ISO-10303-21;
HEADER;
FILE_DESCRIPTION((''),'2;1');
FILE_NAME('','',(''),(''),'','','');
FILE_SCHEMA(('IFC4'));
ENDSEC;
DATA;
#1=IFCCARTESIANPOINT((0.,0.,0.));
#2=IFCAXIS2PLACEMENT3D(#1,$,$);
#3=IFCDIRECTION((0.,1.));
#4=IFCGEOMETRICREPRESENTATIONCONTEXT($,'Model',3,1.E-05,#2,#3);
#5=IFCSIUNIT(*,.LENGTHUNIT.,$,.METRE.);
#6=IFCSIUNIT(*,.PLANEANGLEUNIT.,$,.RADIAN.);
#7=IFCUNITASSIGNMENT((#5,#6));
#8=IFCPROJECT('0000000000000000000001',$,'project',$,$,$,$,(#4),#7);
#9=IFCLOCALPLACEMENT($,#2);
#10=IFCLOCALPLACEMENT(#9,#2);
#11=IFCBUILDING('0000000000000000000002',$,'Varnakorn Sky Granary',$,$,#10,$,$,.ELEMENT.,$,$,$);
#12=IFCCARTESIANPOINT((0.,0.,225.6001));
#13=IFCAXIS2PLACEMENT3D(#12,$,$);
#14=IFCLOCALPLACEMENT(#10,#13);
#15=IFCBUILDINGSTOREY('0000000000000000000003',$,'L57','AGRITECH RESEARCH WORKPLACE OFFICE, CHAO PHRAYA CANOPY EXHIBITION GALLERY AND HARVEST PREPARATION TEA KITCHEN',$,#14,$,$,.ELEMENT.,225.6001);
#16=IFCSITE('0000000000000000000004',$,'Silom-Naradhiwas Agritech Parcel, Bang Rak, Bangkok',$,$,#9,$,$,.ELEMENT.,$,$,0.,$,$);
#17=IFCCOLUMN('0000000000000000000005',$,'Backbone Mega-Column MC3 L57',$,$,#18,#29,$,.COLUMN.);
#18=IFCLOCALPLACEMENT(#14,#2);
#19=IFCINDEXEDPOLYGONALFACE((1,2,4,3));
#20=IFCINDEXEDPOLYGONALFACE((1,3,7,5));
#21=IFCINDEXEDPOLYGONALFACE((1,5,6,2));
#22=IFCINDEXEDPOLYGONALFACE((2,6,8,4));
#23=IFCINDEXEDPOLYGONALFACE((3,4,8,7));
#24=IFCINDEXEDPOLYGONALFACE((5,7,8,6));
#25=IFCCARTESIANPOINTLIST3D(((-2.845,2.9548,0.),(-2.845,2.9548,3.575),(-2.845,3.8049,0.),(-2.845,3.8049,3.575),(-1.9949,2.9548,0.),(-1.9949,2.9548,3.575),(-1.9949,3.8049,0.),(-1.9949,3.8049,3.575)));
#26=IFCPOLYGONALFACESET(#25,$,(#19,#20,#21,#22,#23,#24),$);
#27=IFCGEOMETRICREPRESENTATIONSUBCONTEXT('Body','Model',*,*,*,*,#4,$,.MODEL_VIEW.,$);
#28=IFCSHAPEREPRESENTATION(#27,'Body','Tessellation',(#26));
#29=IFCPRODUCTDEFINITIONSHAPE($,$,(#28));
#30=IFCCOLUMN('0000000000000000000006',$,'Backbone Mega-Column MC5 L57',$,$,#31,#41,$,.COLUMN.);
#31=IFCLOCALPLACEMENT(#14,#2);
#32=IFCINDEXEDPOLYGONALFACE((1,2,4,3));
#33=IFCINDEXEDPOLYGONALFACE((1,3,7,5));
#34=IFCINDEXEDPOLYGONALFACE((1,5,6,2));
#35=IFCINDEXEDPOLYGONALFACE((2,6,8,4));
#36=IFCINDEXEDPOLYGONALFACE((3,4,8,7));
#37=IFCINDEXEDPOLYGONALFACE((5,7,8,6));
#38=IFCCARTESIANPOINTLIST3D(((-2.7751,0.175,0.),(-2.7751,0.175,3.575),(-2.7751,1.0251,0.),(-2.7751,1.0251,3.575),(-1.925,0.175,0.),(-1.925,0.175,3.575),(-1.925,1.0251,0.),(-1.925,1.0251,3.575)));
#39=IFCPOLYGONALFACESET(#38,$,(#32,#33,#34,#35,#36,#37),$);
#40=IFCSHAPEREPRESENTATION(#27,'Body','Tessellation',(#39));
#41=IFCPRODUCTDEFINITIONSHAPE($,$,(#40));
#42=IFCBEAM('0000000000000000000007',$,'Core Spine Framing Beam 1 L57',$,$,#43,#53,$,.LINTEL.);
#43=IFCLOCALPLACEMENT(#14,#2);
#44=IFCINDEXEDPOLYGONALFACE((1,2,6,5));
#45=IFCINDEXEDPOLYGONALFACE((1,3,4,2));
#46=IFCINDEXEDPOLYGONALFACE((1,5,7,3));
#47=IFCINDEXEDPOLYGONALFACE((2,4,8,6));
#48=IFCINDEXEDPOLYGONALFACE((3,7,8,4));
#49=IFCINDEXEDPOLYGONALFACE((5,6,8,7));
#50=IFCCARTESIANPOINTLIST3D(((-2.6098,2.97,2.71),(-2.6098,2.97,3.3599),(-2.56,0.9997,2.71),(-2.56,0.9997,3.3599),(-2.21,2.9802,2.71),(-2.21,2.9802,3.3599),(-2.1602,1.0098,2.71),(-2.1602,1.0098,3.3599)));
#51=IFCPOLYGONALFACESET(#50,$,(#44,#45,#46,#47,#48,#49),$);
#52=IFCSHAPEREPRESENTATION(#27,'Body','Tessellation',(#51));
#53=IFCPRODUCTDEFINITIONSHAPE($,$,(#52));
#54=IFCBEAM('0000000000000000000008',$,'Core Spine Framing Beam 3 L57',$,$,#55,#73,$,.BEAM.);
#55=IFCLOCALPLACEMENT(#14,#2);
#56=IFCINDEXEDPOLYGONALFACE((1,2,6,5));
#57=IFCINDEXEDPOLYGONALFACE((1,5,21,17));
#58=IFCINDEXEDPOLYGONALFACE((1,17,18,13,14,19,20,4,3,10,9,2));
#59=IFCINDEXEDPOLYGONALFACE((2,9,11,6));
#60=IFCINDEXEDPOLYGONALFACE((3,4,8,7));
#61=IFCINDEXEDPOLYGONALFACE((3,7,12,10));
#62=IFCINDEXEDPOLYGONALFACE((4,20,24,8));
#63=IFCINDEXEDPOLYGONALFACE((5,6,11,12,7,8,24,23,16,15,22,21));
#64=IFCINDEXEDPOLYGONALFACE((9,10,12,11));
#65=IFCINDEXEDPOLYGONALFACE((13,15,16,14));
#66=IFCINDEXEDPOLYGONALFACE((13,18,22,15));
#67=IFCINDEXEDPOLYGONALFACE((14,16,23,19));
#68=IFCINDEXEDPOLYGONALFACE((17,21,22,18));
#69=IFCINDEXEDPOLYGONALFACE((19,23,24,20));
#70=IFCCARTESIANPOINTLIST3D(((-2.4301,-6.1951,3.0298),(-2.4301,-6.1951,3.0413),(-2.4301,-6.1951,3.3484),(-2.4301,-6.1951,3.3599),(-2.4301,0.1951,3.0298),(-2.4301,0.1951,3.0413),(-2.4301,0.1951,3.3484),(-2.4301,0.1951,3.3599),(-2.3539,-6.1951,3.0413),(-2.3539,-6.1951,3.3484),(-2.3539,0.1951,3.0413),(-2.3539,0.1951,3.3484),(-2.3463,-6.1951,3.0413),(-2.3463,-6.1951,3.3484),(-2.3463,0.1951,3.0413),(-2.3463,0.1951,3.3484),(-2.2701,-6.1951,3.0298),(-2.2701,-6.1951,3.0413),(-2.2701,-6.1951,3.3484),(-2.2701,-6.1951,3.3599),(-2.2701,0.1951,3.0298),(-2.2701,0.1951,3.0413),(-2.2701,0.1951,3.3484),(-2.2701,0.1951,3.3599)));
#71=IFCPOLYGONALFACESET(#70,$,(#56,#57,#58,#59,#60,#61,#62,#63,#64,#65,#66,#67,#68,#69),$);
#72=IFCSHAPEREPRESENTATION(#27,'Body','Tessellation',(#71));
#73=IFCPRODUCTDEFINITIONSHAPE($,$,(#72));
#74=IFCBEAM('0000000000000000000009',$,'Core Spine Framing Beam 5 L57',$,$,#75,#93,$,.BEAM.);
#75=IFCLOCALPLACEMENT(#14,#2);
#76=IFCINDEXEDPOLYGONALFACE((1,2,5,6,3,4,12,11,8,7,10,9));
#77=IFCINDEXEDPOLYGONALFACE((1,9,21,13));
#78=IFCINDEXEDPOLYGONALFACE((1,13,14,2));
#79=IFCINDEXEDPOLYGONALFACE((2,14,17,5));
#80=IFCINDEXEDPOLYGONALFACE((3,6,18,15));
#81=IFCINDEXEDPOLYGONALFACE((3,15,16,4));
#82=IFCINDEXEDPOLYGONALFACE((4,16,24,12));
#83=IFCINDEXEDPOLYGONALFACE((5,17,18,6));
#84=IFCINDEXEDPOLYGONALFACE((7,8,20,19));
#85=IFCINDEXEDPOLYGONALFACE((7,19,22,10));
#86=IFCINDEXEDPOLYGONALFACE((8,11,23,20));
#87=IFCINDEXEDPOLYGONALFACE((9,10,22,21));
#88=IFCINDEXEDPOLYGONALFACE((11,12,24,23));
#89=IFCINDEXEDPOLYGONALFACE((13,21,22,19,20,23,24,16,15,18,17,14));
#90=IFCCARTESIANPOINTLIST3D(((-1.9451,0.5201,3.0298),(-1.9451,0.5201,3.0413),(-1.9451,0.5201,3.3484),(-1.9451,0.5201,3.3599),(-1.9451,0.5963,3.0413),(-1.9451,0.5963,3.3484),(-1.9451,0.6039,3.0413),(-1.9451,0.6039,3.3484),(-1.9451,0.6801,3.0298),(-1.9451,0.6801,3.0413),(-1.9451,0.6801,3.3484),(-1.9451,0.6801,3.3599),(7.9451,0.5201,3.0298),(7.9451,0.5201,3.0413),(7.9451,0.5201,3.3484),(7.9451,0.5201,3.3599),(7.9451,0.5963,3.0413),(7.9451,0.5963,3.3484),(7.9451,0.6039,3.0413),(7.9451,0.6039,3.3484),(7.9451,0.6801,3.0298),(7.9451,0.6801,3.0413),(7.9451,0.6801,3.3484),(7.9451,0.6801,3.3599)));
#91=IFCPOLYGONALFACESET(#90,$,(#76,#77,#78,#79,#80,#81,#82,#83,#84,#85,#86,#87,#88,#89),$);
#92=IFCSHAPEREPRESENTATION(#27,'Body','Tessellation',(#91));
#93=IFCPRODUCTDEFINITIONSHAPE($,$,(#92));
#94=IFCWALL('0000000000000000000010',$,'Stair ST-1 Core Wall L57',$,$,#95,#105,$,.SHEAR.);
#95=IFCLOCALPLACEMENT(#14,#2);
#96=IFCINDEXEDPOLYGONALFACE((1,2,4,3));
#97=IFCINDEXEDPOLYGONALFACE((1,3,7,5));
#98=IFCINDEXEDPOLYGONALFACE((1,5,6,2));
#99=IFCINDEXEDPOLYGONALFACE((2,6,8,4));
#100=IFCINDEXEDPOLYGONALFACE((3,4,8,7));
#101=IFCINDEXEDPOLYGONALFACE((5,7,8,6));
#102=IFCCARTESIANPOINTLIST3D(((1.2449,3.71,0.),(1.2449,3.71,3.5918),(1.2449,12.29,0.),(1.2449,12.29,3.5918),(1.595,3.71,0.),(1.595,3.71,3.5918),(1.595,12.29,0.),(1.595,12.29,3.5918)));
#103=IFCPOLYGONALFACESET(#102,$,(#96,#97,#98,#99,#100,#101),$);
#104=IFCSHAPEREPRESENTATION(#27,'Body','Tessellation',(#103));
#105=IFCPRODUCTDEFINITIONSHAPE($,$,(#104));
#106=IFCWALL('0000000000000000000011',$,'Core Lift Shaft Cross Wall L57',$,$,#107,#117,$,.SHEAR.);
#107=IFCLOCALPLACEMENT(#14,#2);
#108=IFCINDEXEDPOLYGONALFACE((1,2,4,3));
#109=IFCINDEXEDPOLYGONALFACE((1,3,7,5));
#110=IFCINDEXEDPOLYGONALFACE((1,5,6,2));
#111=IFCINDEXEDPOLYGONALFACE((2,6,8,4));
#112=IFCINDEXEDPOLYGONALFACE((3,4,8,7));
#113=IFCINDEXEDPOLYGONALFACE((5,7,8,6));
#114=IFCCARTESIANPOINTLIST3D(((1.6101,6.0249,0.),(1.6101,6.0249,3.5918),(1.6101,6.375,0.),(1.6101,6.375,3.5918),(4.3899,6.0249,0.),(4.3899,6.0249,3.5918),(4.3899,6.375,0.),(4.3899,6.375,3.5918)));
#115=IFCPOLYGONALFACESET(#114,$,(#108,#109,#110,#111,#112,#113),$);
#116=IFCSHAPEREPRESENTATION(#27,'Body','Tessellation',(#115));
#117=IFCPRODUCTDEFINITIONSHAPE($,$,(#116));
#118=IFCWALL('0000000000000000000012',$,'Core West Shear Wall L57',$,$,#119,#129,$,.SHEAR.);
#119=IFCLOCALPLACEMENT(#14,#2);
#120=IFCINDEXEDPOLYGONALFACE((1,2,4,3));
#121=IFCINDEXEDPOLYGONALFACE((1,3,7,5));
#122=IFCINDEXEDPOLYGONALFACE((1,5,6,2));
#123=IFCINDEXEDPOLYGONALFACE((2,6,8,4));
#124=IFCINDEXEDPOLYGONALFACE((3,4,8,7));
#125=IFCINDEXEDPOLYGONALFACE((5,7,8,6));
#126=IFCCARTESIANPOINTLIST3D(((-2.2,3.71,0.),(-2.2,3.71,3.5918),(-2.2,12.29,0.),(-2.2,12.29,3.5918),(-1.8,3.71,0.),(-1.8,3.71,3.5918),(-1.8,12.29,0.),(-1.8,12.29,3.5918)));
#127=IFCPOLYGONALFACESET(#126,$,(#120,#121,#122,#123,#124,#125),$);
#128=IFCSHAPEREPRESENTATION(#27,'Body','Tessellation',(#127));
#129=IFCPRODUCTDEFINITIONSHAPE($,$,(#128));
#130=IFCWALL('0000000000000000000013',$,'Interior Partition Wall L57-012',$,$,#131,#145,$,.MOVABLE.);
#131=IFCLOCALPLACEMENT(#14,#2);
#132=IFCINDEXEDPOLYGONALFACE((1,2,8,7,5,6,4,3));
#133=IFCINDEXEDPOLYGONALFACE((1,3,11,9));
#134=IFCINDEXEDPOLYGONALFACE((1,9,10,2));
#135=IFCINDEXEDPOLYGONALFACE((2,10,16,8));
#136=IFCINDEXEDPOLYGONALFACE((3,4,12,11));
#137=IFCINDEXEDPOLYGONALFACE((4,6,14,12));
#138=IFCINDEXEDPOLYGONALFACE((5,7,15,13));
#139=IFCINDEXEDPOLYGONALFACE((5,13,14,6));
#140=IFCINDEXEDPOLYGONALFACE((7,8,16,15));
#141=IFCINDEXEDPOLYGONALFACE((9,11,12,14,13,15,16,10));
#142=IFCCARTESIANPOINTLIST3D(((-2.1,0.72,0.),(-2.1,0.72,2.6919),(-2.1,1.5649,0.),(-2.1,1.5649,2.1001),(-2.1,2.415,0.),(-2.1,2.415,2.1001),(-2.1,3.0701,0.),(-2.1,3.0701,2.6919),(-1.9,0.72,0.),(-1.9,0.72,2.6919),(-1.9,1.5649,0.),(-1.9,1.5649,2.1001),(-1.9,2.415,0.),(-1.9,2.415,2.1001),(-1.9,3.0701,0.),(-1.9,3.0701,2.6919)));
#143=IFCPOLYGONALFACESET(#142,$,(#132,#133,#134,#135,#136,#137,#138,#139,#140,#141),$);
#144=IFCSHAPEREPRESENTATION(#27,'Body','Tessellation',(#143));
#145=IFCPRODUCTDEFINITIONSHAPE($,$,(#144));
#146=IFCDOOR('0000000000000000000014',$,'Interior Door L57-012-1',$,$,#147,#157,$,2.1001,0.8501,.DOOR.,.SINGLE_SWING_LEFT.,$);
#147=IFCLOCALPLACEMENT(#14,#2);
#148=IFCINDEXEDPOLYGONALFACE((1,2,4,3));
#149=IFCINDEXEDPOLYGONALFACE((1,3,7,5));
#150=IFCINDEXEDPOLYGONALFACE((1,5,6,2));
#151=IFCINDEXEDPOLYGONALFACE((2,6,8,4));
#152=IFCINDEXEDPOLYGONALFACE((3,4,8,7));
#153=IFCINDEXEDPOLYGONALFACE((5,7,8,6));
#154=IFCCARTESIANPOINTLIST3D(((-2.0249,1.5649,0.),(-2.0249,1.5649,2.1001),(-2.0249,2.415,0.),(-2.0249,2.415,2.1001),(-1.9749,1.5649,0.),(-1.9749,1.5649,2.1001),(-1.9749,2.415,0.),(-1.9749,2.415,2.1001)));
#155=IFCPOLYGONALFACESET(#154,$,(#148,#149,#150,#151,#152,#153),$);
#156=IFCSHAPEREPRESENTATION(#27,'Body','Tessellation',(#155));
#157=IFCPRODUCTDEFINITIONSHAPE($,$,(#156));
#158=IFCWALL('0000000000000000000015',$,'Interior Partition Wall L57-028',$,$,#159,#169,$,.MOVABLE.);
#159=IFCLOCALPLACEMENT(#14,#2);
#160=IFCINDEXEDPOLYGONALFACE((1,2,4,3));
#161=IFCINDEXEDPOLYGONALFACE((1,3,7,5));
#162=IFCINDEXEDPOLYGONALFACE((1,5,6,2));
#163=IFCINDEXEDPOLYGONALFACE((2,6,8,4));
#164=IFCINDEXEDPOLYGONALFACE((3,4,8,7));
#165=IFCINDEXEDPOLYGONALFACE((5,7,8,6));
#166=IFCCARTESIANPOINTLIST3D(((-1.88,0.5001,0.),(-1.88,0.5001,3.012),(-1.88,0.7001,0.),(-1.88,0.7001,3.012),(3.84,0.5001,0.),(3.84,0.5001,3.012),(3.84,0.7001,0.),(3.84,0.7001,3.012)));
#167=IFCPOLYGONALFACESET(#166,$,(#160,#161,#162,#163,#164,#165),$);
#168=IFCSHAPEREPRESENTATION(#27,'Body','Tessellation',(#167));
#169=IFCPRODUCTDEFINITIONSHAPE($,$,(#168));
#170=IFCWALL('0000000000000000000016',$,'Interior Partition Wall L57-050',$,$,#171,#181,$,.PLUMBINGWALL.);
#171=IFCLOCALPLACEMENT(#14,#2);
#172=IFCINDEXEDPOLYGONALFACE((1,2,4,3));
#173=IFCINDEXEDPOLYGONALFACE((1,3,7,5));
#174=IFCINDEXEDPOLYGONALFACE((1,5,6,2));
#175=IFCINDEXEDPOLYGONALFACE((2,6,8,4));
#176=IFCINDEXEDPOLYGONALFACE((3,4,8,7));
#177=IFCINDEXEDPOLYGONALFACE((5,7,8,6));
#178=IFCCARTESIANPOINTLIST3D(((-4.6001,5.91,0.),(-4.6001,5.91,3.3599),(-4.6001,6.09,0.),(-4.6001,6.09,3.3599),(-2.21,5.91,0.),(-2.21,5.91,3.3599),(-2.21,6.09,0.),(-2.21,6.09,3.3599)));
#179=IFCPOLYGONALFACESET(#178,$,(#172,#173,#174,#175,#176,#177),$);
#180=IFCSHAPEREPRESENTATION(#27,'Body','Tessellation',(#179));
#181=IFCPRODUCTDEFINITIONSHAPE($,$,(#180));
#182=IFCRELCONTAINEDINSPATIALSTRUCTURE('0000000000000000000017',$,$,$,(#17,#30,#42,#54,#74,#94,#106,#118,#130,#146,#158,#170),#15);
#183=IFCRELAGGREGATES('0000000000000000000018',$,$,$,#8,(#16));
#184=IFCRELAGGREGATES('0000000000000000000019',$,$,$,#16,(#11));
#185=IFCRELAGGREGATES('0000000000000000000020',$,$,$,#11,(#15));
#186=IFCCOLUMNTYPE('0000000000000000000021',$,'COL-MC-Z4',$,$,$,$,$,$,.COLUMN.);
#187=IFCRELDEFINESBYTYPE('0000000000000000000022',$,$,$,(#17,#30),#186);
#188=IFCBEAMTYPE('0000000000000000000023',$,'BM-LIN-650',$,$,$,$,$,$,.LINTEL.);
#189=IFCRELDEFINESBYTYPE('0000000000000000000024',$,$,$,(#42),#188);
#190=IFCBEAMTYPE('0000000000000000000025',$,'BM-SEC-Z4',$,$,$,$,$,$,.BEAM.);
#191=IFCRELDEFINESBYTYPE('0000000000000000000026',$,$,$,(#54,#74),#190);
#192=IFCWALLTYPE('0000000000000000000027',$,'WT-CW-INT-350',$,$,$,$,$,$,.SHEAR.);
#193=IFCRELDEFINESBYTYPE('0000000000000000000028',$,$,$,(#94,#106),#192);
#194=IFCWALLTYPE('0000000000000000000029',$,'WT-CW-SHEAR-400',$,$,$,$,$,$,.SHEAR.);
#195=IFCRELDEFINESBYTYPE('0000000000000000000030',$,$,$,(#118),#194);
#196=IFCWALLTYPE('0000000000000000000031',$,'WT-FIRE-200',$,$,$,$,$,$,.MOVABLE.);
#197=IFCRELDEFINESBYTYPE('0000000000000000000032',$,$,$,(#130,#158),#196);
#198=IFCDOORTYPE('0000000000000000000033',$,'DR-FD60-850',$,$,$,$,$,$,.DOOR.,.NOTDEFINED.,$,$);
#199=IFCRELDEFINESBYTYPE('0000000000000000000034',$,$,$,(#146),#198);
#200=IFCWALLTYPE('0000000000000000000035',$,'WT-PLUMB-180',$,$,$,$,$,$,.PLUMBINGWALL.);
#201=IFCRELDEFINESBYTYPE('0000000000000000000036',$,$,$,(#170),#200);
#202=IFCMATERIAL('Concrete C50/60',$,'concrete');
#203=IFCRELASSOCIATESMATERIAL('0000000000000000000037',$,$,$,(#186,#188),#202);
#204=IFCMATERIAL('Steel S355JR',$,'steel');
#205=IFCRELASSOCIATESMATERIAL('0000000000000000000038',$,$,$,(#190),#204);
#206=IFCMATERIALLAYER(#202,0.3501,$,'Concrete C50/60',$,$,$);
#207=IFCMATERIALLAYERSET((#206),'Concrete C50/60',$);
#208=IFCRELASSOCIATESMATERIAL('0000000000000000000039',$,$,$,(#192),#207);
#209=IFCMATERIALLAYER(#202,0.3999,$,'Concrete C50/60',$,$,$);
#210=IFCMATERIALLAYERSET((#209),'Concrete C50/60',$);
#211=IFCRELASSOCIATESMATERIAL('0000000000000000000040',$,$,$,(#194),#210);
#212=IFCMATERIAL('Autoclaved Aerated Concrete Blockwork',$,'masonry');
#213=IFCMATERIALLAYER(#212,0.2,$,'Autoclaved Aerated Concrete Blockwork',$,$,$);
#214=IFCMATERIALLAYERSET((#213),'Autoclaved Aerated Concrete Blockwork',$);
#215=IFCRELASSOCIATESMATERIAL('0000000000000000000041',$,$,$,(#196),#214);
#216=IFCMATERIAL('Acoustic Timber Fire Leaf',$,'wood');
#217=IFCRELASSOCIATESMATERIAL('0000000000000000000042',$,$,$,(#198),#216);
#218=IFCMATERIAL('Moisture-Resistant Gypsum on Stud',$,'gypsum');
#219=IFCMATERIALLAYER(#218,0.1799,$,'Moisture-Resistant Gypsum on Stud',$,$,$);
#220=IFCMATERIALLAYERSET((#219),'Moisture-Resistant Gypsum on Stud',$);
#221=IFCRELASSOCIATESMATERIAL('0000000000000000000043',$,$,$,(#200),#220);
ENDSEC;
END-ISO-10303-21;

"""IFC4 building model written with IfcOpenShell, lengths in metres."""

from ifc_helpers import new_model, si_unit, direction, frame, frame_2d, origin, origin_2d, place, context, subcontext, project, spatial, rectangle, i_section, extrude, material, layer, layer_set, material_profile, profile_set, type_object, element, fill, save


model = new_model("IFC4")

# Units and contexts
model_context = context("Model", 3, precision=1e-05, world=origin(), true_north=direction((0.0, 1.0)))
body_context = subcontext(model_context, "Body", "Model", "MODEL_VIEW")
ifc_project = project(units=[si_unit("LENGTHUNIT", "METRE"), si_unit("PLANEANGLEUNIT", "RADIAN")], contexts=[model_context])

# Site, building, storey
site_placement = place(None, origin())
site = spatial("IfcSite", under=ifc_project, at=site_placement, Name="Silom-Naradhiwas Agritech Parcel, Bang Rak, Bangkok", CompositionType="ELEMENT", RefElevation=0.0)
building_placement = place(site_placement, origin())
building = spatial("IfcBuilding", under=site, at=building_placement, Name="Varnakorn Sky Granary", CompositionType="ELEMENT")
storey_placement = place(building_placement, frame((0.0, 0.0, 225.6001)))
storey = spatial("IfcBuildingStorey", under=building, at=storey_placement, Name="L57", Description="AGRITECH RESEARCH WORKPLACE OFFICE, CHAO PHRAYA CANOPY EXHIBITION GALLERY AND HARVEST PREPARATION TEA KITCHEN", CompositionType="ELEMENT", Elevation=225.6001)

# Columns
ifc_material_1 = material(Name="Concrete C50/60", Category="concrete")
ifc_material_profile_1 = material_profile(ifc_material_1, rectangle(XDim=0.8501, YDim=0.8501, at=origin_2d()), Name="RC 850x850")
ifc_profile_set_1 = profile_set([ifc_material_profile_1], Name="Concrete C50/60")
column_type = type_object("IfcColumnType", Name="COL-MC-Z4", PredefinedType="COLUMN", material=ifc_profile_set_1)
for number, where, z_axis, x_axis, name in (
    (1, (-2.4199, 3.3799, 0.0), (0.0, 0.0, 1.0), (1.0, 0.0, 0.0), "Backbone Mega-Column MC3 L57"),
    (2, (-2.3501, 0.6001, 0.0), (0.0, 0.0, 1.0), (1.0, 0.0, 0.0), "Backbone Mega-Column MC5 L57"),
):
    element("IfcColumn", number, at=place(storey_placement, frame(where, z_axis=z_axis, x_axis=x_axis)), inside=storey, type_object=column_type, Name=name, PredefinedType="COLUMN", context=body_context, shape_type="SweptSolid", body=[
        extrude(rectangle(XDim=0.8501, YDim=0.8501, at=origin_2d()), origin(), (0.0, 0.0, 1.0), 3.575),
    ])

# Beams
ifc_material_profile_2 = material_profile(ifc_material_1, rectangle(XDim=0.3999, YDim=0.6499, at=origin_2d()), Name="RC 400x650")
ifc_profile_set_2 = profile_set([ifc_material_profile_2], Name="Concrete C50/60")
beam_type_1 = type_object("IfcBeamType", Name="BM-LIN-650", PredefinedType="LINTEL", material=ifc_profile_set_2)
beam_1_placement = place(storey_placement, frame((-2.4099, 2.9751, 3.0349), z_axis=(0.025271, -0.999681, 0.0), x_axis=(0.999681, 0.025271, 0.0)))
element("IfcBeam", 3, at=beam_1_placement, inside=storey, type_object=beam_type_1, Name="Core Spine Framing Beam 1 L57", PredefinedType="LINTEL", context=body_context, shape_type="SweptSolid", body=[
    extrude(rectangle(XDim=0.3999, YDim=0.6499, at=origin_2d()), origin(), (0.0, 0.0, 1.0), 1.9709),
])
ifc_material_2 = material(Name="Steel S355JR", Category="steel")
ifc_material_profile_3 = material_profile(ifc_material_2, i_section(OverallWidth=0.1599, OverallDepth=0.3301, WebThickness=0.0076, FlangeThickness=0.0115, at=origin_2d()), Name="IPE 330")
ifc_profile_set_3 = profile_set([ifc_material_profile_3], Name="Steel S355JR")
beam_type_2 = type_object("IfcBeamType", Name="BM-SEC-Z4", PredefinedType="BEAM", material=ifc_profile_set_3)
beam_2_placement = place(storey_placement, frame((-2.3501, 0.1951, 3.1948), z_axis=(0.0, -1.0, 0.0), x_axis=(1.0, 0.0, 0.0)))
element("IfcBeam", 4, at=beam_2_placement, inside=storey, type_object=beam_type_2, Name="Core Spine Framing Beam 3 L57", PredefinedType="BEAM", context=body_context, shape_type="SweptSolid", body=[
    extrude(i_section(OverallWidth=0.1599, OverallDepth=0.3301, WebThickness=0.0076, FlangeThickness=0.0115, at=origin_2d()), origin(), (0.0, 0.0, 1.0), 6.3901),
])
beam_3_placement = place(storey_placement, frame((-1.9451, 0.6001, 3.1948), z_axis=(1.0, 0.0, 0.0), x_axis=(0.0, 1.0, 0.0)))
element("IfcBeam", 5, at=beam_3_placement, inside=storey, type_object=beam_type_2, Name="Core Spine Framing Beam 5 L57", PredefinedType="BEAM", context=body_context, shape_type="SweptSolid", body=[
    extrude(i_section(OverallWidth=0.1599, OverallDepth=0.3301, WebThickness=0.0076, FlangeThickness=0.0115, at=origin_2d()), origin(), (0.0, 0.0, 1.0), 9.8901),
])

# Walls
ifc_layer_1 = layer(ifc_material_1, 0.3501, Name="Concrete C50/60")
ifc_layer_set_1 = layer_set([ifc_layer_1], Name="Concrete C50/60")
wall_type_1 = type_object("IfcWallType", Name="WT-CW-INT-350", PredefinedType="SHEAR", material=ifc_layer_set_1)
wall_1_placement = place(storey_placement, frame((1.4199, 3.71, 0.0), z_axis=(0.0, 0.0, 1.0), x_axis=(0.0, 1.0, 0.0)))
element("IfcWall", 6, at=wall_1_placement, inside=storey, type_object=wall_type_1, Name="Stair ST-1 Core Wall L57", PredefinedType="SHEAR", context=body_context, shape_type="SweptSolid", body=[
    extrude(rectangle(XDim=8.5801, YDim=0.3501, at=frame_2d((4.29, 0.0))), origin(), (0.0, 0.0, 1.0), 3.5918),
])
wall_2_placement = place(storey_placement, frame((1.6101, 6.2, 0.0), z_axis=(0.0, 0.0, 1.0), x_axis=(1.0, 0.0, 0.0)))
element("IfcWall", 7, at=wall_2_placement, inside=storey, type_object=wall_type_1, Name="Core Lift Shaft Cross Wall L57", PredefinedType="SHEAR", context=body_context, shape_type="SweptSolid", body=[
    extrude(rectangle(XDim=2.7798, YDim=0.3501, at=frame_2d((1.3899, 0.0))), origin(), (0.0, 0.0, 1.0), 3.5918),
])

# Shared definitions
ifc_layer_2 = layer(ifc_material_1, 0.3999, Name="Concrete C50/60")
ifc_layer_set_2 = layer_set([ifc_layer_2], Name="Concrete C50/60")
wall_type_2 = type_object("IfcWallType", Name="WT-CW-SHEAR-400", PredefinedType="SHEAR", material=ifc_layer_set_2)

# Wall
wall_3_placement = place(storey_placement, frame((-2.0, 3.71, 0.0), z_axis=(0.0, 0.0, 1.0), x_axis=(0.0, 1.0, 0.0)))
element("IfcWall", 8, at=wall_3_placement, inside=storey, type_object=wall_type_2, Name="Core West Shear Wall L57", PredefinedType="SHEAR", context=body_context, shape_type="SweptSolid", body=[
    extrude(rectangle(XDim=8.5801, YDim=0.3999, at=frame_2d((4.29, 0.0))), origin(), (0.0, 0.0, 1.0), 3.5918),
])

# Wall, opening, door
ifc_material_3 = material(Name="Autoclaved Aerated Concrete Blockwork", Category="masonry")
ifc_layer_3 = layer(ifc_material_3, 0.2, Name="Autoclaved Aerated Concrete Blockwork")
ifc_layer_set_3 = layer_set([ifc_layer_3], Name="Autoclaved Aerated Concrete Blockwork")
wall_type_3 = type_object("IfcWallType", Name="WT-FIRE-200", PredefinedType="MOVABLE", material=ifc_layer_set_3)
wall_4_placement = place(storey_placement, frame((-2.0, 0.72, 0.0), z_axis=(0.0, 0.0, 1.0), x_axis=(0.0, 1.0, 0.0)))
wall_4 = element("IfcWall", 9, at=wall_4_placement, inside=storey, type_object=wall_type_3, Name="Interior Partition Wall L57-012", PredefinedType="MOVABLE", context=body_context, shape_type="SweptSolid", body=[
    extrude(rectangle(XDim=2.3501, YDim=0.2, at=frame_2d((1.175, 0.0))), origin(), (0.0, 0.0, 1.0), 2.6919),
])
opening_1_placement = place(wall_4_placement, frame((0.845, 0.0, 0.0)))
opening_1 = element("IfcOpeningElement", 10, at=opening_1_placement, cuts=wall_4, PredefinedType="OPENING", context=body_context, shape_type="SweptSolid", body=[
    extrude(rectangle(XDim=0.8501, YDim=2.1001, at=frame_2d((0.425, 1.05))), frame((0.0, 0.1099, 0.0), z_axis=(0.0, -1.0, 0.0), x_axis=(1.0, 0.0, 0.0)), (0.0, 0.0, 1.0), 0.22),
])
ifc_material_4 = material(Name="Acoustic Timber Fire Leaf", Category="wood")
door_type_1 = type_object("IfcDoorType", Name="DR-FD60-850", OperationType="NOTDEFINED", PredefinedType="DOOR", material=ifc_material_4)
door_1_placement = place(opening_1_placement, origin())
door_1 = element("IfcDoor", 11, at=door_1_placement, inside=storey, type_object=door_type_1, Name="Interior Door L57-012-1", OperationType="SINGLE_SWING_LEFT", OverallHeight=2.1001, OverallWidth=0.8501, PredefinedType="DOOR", context=body_context, shape_type="SweptSolid", body=[
    extrude(rectangle(XDim=0.8501, YDim=2.1001, at=frame_2d((0.425, 1.05))), frame((0.0, 0.0249, 0.0), z_axis=(0.0, -1.0, 0.0), x_axis=(1.0, 0.0, 0.0)), (0.0, 0.0, 1.0), 0.05),
])
fill(opening_1, door_1)

# Walls
wall_5_placement = place(storey_placement, frame((-1.8799, 0.6001, 0.0), z_axis=(0.0, 0.0, 1.0), x_axis=(1.0, 0.0, 0.0)))
element("IfcWall", 12, at=wall_5_placement, inside=storey, type_object=wall_type_3, Name="Interior Partition Wall L57-028", PredefinedType="MOVABLE", context=body_context, shape_type="SweptSolid", body=[
    extrude(rectangle(XDim=5.72, YDim=0.2, at=frame_2d((2.8599, 0.0))), origin(), (0.0, 0.0, 1.0), 3.012),
])
ifc_material_5 = material(Name="Moisture-Resistant Gypsum on Stud", Category="gypsum")
ifc_layer_4 = layer(ifc_material_5, 0.1799, Name="Moisture-Resistant Gypsum on Stud")
ifc_layer_set_4 = layer_set([ifc_layer_4], Name="Moisture-Resistant Gypsum on Stud")
wall_type_4 = type_object("IfcWallType", Name="WT-PLUMB-180", PredefinedType="PLUMBINGWALL", material=ifc_layer_set_4)
wall_6_placement = place(storey_placement, frame((-2.21, 6.0, 0.0), z_axis=(0.0, 0.0, 1.0), x_axis=(-1.0, 0.0, 0.0)))
element("IfcWall", 13, at=wall_6_placement, inside=storey, type_object=wall_type_4, Name="Interior Partition Wall L57-050", PredefinedType="PLUMBINGWALL", context=body_context, shape_type="SweptSolid", body=[
    extrude(rectangle(XDim=2.3901, YDim=0.1799, at=frame_2d((1.1951, 0.0))), origin(), (0.0, 0.0, 1.0), 3.3599),
])

save(model, "model.ifc")
